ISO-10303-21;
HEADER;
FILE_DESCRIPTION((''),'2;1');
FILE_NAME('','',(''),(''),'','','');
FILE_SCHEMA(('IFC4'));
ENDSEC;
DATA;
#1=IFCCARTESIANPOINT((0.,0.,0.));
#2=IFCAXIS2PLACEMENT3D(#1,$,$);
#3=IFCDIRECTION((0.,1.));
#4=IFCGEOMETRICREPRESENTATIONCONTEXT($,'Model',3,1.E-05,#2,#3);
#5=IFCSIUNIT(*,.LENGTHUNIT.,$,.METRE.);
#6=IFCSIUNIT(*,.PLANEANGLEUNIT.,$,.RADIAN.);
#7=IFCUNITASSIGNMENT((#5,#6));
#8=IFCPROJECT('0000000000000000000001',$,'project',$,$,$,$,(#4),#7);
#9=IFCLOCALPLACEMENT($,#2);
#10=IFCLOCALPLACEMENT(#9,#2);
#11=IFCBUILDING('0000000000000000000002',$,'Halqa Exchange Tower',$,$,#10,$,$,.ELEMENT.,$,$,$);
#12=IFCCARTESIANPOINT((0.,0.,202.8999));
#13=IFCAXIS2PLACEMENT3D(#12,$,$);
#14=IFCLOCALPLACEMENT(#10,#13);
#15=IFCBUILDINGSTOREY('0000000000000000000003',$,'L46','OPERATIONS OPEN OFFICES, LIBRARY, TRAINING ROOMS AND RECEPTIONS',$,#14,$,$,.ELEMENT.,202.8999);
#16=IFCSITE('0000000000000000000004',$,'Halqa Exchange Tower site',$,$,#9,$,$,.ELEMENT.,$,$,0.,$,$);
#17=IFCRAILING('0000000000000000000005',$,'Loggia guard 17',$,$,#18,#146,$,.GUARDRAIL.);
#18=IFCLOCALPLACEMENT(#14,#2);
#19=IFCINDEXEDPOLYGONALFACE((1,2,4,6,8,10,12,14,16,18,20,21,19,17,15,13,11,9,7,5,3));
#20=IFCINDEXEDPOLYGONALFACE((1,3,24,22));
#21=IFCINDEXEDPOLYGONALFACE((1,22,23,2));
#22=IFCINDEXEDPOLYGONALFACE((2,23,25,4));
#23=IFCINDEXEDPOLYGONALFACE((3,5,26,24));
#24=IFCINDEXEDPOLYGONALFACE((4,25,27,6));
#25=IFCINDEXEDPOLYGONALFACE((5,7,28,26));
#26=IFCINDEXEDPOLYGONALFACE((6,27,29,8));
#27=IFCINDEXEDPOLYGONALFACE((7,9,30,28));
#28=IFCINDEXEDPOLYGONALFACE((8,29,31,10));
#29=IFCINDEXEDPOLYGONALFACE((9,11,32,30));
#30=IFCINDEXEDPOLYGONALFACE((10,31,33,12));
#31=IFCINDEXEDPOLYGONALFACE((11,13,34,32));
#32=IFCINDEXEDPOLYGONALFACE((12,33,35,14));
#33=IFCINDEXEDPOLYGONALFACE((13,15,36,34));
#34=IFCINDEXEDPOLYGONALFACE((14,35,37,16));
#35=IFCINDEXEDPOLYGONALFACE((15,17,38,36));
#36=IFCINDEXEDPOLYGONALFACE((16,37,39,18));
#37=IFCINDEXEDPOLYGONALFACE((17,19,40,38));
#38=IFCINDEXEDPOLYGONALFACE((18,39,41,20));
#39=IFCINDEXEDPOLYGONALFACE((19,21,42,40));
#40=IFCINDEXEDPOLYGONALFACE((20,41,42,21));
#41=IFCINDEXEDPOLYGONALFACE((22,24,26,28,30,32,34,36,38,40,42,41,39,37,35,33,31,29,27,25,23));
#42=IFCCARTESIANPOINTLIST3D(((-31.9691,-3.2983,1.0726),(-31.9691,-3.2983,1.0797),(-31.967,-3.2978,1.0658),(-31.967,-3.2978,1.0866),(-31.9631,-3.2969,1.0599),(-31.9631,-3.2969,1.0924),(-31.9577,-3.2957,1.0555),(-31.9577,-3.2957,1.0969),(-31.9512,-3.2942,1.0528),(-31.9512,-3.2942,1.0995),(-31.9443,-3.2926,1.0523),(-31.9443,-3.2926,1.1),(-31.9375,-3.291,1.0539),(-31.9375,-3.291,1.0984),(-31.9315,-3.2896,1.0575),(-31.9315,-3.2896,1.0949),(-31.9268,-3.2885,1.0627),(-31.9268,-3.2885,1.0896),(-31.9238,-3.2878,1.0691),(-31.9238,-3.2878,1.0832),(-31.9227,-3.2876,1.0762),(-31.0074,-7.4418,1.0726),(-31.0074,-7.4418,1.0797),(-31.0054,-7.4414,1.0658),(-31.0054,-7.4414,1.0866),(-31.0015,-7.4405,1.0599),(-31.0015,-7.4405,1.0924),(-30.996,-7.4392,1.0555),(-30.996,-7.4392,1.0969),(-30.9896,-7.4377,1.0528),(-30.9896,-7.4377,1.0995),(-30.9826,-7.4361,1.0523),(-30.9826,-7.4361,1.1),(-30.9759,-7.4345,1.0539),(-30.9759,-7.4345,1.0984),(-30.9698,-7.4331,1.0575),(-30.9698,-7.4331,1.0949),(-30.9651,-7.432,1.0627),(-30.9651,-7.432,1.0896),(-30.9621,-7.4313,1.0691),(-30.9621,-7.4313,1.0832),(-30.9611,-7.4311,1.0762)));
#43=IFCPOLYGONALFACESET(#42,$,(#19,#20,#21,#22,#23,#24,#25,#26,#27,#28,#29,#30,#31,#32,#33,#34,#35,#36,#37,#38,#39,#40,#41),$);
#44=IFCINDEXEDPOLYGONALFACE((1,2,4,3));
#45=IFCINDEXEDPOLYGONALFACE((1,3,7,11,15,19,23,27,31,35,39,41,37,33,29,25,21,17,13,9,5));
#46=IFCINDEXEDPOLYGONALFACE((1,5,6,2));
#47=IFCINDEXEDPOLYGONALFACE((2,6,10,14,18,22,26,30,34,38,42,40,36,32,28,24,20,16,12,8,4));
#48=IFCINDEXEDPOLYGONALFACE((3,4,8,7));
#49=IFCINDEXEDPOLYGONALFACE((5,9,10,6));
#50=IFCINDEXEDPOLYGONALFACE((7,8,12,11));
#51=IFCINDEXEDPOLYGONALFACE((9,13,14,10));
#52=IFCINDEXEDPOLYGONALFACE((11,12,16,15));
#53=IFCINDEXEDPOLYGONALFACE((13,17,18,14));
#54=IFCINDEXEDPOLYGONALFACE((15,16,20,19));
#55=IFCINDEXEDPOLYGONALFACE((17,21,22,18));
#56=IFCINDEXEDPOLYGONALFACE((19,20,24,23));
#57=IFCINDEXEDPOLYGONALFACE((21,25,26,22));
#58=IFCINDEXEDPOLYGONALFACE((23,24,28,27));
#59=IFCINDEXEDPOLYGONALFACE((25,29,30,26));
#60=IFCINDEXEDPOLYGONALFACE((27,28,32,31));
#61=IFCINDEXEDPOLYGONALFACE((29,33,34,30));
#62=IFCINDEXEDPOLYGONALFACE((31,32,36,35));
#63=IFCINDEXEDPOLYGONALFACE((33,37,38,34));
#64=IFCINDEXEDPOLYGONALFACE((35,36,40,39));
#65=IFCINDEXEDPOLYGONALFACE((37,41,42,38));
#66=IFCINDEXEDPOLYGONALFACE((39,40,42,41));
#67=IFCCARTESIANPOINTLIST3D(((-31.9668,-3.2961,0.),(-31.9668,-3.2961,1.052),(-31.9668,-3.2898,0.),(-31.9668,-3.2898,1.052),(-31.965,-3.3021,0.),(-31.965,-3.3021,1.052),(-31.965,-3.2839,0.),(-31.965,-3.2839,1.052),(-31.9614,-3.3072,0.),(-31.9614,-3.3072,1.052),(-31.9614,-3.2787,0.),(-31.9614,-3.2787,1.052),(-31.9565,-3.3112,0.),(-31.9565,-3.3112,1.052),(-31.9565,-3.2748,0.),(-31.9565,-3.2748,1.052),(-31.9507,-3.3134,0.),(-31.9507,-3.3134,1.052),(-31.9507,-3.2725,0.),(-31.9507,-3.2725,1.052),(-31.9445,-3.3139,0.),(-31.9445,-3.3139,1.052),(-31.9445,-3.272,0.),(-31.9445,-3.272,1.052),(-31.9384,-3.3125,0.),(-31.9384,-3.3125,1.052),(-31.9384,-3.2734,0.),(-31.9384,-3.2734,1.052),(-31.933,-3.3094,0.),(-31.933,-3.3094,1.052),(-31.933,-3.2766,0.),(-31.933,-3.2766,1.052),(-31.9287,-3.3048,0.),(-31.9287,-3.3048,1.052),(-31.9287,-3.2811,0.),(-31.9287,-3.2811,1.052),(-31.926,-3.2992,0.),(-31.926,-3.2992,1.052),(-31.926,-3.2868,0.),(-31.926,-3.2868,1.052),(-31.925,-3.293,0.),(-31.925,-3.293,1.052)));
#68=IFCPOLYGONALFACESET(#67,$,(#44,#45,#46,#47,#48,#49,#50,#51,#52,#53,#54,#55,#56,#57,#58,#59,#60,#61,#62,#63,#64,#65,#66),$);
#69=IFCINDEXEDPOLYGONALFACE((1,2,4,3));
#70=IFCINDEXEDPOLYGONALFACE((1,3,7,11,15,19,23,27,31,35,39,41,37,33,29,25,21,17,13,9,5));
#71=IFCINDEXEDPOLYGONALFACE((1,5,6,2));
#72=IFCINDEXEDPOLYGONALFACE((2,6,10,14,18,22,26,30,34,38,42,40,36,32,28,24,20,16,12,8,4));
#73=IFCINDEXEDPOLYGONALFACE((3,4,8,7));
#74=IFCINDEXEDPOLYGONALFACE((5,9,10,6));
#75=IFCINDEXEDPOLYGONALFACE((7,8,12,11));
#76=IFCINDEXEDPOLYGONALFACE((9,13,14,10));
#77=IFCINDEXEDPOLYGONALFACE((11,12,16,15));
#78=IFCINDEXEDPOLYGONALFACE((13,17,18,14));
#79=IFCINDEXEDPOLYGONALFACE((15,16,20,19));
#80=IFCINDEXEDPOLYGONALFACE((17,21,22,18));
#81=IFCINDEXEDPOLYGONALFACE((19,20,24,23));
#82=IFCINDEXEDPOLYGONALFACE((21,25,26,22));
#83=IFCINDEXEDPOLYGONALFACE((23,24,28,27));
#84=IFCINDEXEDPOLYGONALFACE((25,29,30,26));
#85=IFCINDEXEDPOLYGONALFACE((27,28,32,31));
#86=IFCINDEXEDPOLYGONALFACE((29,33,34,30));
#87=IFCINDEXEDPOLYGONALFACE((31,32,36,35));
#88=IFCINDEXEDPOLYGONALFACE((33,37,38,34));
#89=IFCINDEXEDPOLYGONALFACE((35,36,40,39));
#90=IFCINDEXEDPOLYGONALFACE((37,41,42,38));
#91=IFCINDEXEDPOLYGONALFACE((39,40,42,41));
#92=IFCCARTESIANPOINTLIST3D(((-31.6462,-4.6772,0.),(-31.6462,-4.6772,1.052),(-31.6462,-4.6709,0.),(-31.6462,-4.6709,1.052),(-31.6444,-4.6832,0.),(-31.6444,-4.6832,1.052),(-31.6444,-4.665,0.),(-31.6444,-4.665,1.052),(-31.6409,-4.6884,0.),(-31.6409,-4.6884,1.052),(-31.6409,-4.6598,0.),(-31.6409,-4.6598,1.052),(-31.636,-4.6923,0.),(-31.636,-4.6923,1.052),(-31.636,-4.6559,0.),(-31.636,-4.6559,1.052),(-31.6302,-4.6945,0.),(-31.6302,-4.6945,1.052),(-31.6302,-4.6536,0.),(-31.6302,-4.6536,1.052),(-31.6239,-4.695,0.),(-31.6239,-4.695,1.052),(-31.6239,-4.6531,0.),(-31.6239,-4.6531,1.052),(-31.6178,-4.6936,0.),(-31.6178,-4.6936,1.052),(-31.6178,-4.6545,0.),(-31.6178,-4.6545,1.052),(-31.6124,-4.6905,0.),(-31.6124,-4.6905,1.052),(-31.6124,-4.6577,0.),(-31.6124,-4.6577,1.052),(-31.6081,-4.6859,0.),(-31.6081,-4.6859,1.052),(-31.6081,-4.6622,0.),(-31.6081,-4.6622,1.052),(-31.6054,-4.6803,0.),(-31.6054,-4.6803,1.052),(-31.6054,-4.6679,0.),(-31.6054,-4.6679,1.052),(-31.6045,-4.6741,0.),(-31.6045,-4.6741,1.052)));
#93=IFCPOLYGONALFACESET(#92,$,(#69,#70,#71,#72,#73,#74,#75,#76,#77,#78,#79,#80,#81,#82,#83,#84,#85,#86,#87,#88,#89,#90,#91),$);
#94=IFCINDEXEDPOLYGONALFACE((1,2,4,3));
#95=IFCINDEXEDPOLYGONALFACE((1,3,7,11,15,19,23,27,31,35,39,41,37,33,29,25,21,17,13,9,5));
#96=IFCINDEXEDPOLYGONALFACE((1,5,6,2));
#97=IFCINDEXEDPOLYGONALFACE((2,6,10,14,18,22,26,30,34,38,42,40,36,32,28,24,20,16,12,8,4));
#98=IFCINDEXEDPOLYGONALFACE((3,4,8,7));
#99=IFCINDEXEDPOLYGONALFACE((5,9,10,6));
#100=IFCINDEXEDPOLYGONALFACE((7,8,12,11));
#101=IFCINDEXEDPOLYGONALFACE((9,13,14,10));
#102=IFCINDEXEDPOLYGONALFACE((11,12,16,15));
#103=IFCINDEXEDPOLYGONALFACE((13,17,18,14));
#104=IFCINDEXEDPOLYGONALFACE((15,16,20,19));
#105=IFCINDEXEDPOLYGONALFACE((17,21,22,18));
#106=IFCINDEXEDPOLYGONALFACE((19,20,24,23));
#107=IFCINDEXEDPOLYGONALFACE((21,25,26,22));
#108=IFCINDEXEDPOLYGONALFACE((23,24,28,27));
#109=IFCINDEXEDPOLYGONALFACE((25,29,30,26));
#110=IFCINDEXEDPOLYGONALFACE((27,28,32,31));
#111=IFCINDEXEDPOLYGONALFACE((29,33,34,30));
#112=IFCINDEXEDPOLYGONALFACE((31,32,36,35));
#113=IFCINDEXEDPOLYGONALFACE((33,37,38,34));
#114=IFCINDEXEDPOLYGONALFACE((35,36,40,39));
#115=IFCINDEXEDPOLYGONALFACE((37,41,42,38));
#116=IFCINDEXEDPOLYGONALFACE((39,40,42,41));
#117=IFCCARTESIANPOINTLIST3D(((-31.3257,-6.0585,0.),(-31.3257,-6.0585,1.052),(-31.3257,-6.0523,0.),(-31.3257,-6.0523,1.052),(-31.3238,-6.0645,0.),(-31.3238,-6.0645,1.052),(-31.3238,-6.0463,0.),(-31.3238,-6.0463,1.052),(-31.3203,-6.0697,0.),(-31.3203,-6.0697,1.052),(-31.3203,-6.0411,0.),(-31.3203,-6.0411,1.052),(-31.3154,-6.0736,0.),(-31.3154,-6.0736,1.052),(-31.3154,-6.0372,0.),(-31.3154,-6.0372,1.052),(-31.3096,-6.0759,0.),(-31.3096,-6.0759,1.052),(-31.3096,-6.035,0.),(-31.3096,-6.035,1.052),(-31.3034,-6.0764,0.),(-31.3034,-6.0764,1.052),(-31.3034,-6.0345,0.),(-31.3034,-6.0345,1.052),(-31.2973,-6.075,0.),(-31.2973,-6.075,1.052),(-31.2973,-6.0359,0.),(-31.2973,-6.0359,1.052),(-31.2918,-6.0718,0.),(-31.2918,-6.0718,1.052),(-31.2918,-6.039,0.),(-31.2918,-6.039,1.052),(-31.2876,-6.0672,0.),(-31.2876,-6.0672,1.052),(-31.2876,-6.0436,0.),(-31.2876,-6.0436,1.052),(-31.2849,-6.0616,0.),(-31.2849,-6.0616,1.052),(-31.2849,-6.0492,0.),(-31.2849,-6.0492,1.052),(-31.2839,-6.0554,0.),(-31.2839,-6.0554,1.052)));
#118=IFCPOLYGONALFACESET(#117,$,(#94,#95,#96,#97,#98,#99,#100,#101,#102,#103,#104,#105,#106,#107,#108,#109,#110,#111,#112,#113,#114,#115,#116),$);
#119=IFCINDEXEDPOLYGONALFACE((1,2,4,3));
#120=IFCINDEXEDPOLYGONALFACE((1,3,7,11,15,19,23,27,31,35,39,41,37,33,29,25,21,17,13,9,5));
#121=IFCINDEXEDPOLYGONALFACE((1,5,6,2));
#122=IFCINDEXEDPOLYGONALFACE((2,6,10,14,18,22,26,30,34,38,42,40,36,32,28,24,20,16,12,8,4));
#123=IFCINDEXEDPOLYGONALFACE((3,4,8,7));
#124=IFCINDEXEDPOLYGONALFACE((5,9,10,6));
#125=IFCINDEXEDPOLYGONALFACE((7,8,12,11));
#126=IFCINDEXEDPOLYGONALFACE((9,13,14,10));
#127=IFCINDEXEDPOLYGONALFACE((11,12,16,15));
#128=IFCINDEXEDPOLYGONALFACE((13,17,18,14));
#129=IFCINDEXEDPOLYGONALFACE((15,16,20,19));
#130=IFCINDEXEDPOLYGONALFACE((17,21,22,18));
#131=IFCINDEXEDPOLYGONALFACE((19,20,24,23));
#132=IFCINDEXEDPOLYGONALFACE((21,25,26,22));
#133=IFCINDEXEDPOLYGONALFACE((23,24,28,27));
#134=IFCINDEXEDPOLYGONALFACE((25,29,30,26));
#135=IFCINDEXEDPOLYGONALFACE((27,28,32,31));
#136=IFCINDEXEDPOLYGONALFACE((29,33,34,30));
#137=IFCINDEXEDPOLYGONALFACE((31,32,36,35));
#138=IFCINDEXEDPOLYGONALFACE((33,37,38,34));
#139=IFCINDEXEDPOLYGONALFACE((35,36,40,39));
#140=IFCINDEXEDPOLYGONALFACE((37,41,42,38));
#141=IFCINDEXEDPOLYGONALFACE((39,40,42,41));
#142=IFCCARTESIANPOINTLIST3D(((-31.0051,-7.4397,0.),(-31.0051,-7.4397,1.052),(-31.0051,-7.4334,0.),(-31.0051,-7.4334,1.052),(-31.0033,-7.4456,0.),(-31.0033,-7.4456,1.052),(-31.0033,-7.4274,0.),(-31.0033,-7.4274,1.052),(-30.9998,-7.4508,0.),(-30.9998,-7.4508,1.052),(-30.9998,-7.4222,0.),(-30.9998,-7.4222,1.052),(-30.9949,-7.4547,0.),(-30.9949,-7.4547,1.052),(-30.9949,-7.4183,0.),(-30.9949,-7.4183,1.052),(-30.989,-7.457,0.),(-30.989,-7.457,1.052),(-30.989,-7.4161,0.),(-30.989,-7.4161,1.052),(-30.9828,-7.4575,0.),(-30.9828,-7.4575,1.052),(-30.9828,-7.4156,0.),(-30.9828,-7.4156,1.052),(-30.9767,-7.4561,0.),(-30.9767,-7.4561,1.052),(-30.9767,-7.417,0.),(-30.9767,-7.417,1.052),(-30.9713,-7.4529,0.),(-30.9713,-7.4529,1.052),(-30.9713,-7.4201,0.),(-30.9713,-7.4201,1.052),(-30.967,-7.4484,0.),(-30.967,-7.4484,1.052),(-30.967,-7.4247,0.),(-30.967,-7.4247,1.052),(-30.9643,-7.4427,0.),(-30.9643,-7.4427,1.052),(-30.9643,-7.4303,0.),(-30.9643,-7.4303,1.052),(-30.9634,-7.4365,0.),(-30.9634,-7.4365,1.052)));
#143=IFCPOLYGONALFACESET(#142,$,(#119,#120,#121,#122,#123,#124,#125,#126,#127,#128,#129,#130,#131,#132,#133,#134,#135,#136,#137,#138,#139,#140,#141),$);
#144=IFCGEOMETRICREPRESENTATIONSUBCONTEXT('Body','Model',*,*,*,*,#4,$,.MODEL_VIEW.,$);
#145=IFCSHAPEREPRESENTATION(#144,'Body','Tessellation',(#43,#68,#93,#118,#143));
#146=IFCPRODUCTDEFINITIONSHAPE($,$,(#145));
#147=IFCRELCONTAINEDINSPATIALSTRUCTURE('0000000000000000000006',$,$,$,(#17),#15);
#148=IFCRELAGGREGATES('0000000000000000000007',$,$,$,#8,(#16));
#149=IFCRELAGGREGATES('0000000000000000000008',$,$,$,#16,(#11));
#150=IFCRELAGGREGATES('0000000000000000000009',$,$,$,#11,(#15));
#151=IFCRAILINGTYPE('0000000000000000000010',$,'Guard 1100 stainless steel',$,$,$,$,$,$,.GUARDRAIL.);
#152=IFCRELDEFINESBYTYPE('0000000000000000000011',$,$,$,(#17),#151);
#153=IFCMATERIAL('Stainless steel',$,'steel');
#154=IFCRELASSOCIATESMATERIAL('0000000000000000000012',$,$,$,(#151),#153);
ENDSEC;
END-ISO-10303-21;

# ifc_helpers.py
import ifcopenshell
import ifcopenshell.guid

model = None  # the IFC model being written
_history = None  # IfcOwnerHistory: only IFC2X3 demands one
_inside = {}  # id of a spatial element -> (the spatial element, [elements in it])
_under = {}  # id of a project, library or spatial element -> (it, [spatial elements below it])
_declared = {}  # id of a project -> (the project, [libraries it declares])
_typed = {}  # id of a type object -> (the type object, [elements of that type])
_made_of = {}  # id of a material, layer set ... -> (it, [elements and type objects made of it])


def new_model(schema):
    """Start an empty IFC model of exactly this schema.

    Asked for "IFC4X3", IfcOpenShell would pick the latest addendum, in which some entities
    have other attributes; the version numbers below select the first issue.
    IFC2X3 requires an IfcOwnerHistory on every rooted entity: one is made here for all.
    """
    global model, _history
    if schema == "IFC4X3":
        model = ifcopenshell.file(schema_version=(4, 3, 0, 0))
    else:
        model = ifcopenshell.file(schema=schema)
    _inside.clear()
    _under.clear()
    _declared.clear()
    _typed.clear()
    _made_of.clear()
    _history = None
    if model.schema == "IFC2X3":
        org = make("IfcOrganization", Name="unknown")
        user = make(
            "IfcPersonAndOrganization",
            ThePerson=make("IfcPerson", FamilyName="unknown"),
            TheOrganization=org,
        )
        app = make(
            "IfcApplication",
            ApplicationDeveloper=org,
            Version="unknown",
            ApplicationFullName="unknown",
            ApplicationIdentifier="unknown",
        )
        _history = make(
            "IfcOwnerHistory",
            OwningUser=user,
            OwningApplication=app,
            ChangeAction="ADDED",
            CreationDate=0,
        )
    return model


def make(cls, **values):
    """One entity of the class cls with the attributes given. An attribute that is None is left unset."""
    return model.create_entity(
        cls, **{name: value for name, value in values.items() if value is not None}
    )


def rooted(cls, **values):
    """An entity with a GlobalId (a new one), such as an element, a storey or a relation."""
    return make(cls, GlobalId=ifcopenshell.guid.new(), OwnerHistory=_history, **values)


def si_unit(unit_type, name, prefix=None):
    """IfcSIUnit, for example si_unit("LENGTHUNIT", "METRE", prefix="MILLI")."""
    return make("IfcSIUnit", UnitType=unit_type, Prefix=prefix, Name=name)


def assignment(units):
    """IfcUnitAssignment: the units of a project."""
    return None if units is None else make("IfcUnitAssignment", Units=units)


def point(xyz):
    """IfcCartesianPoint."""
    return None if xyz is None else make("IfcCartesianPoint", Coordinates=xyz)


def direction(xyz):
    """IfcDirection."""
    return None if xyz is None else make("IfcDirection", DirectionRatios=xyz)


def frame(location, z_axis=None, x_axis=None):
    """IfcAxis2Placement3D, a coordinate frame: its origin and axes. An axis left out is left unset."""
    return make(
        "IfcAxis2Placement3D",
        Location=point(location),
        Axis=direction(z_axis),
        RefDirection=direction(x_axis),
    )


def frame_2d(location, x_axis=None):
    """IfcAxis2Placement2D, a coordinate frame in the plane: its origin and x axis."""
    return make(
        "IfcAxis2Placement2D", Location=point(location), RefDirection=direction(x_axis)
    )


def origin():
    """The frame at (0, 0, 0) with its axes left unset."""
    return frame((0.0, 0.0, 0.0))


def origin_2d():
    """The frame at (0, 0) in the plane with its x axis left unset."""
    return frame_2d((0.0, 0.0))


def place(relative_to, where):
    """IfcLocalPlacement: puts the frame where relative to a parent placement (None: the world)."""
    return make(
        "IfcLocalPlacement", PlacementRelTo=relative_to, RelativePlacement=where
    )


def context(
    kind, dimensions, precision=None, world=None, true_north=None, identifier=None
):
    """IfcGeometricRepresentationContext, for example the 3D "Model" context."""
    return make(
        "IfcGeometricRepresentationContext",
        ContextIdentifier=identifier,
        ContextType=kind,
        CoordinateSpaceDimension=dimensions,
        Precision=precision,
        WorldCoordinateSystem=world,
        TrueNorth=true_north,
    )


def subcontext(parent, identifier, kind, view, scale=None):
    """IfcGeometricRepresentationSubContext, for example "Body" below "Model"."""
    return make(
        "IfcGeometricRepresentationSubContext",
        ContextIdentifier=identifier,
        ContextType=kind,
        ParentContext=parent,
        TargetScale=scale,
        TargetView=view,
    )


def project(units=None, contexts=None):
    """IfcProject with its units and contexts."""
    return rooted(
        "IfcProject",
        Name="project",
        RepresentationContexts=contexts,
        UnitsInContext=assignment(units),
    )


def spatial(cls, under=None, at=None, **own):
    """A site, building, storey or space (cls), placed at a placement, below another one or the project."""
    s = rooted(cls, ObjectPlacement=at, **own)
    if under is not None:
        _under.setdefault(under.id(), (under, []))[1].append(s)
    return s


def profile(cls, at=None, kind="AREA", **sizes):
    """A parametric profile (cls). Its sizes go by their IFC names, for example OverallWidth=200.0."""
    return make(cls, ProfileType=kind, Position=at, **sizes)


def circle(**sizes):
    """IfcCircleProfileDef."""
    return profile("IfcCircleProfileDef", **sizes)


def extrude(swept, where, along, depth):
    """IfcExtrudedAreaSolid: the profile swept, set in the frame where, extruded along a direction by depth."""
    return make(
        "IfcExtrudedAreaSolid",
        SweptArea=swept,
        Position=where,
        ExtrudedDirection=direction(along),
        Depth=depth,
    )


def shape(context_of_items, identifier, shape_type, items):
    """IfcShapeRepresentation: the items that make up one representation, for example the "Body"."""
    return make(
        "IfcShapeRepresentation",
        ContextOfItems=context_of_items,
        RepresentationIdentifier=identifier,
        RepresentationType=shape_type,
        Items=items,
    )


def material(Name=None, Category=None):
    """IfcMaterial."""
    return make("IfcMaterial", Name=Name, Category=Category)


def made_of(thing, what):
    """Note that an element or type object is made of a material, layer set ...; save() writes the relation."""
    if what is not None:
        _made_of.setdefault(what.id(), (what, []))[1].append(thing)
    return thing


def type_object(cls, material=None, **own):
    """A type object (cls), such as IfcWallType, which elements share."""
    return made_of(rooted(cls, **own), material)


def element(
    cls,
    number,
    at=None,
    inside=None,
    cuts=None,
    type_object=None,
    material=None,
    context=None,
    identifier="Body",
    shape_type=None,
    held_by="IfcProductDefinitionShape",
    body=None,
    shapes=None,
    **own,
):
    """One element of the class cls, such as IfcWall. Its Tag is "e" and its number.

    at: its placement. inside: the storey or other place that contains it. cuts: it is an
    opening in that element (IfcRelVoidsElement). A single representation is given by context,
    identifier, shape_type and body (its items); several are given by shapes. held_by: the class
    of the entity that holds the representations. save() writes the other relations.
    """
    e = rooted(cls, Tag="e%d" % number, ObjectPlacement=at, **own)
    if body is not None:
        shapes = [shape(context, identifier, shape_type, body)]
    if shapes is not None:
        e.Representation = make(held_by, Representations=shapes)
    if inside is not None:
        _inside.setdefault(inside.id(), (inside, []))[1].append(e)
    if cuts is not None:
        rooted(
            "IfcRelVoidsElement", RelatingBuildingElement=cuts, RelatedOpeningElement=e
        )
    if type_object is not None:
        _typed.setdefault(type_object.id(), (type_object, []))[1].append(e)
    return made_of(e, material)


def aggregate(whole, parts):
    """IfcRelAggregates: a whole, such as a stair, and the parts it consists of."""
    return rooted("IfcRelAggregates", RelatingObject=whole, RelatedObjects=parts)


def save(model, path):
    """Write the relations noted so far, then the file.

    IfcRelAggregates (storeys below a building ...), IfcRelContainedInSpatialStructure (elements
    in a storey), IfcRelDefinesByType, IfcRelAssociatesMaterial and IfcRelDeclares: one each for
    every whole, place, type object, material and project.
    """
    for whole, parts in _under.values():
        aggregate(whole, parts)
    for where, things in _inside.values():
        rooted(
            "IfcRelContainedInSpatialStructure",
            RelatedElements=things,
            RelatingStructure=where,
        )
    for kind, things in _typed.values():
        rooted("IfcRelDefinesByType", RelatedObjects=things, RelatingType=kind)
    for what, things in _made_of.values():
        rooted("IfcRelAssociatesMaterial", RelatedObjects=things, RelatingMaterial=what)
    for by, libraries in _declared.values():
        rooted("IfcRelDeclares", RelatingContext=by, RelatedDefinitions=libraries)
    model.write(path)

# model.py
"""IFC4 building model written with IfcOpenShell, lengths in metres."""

from ifc_helpers import new_model, si_unit, direction, frame, origin, origin_2d, place, context, subcontext, project, spatial, circle, extrude, material, type_object, element, save


model = new_model("IFC4")

# Units and contexts
model_context = context("Model", 3, precision=1e-05, world=origin(), true_north=direction((0.0, 1.0)))
body_context = subcontext(model_context, "Body", "Model", "MODEL_VIEW")
ifc_project = project(units=[si_unit("LENGTHUNIT", "METRE"), si_unit("PLANEANGLEUNIT", "RADIAN")], contexts=[model_context])

# Site, building, storey
site_placement = place(None, origin())
site = spatial("IfcSite", under=ifc_project, at=site_placement, Name="Halqa Exchange Tower site", CompositionType="ELEMENT", RefElevation=0.0)
building_placement = place(site_placement, origin())
building = spatial("IfcBuilding", under=site, at=building_placement, Name="Halqa Exchange Tower", CompositionType="ELEMENT")
storey_placement = place(building_placement, frame((0.0, 0.0, 202.8999)))
storey = spatial("IfcBuildingStorey", under=building, at=storey_placement, Name="L46", Description="OPERATIONS OPEN OFFICES, LIBRARY, TRAINING ROOMS AND RECEPTIONS", CompositionType="ELEMENT", Elevation=202.8999)

# Railing
ifc_material_1 = material(Name="Stainless steel", Category="steel")
railing_type = type_object("IfcRailingType", Name="Guard 1100 stainless steel", PredefinedType="GUARDRAIL", material=ifc_material_1)
railing_1_placement = place(storey_placement, frame((-31.946, -3.293, 0.0)))
element("IfcRailing", 1, at=railing_1_placement, inside=storey, type_object=railing_type, Name="Loggia guard 17", PredefinedType="GUARDRAIL", context=body_context, shape_type="SweptSolid", body=[
    extrude(circle(Radius=0.0239, at=origin_2d()), frame((0.0, 0.0, 1.0762), z_axis=(0.226079, -0.974109, 0.0), x_axis=(0.974109, 0.226079, 0.0)), (0.0, 0.0, 1.0), 4.2537),
    extrude(circle(Radius=0.021, at=origin_2d()), origin(), (0.0, 0.0, 1.0), 1.052),
    extrude(circle(Radius=0.021, at=origin_2d()), frame((0.3206, -1.3811, 0.0)), (0.0, 0.0, 1.0), 1.052),
    extrude(circle(Radius=0.021, at=origin_2d()), frame((0.6411, -2.7625, 0.0)), (0.0, 0.0, 1.0), 1.052),
    extrude(circle(Radius=0.021, at=origin_2d()), frame((0.9617, -4.1436, 0.0)), (0.0, 0.0, 1.0), 1.052),
])

save(model, "model.ifc")
